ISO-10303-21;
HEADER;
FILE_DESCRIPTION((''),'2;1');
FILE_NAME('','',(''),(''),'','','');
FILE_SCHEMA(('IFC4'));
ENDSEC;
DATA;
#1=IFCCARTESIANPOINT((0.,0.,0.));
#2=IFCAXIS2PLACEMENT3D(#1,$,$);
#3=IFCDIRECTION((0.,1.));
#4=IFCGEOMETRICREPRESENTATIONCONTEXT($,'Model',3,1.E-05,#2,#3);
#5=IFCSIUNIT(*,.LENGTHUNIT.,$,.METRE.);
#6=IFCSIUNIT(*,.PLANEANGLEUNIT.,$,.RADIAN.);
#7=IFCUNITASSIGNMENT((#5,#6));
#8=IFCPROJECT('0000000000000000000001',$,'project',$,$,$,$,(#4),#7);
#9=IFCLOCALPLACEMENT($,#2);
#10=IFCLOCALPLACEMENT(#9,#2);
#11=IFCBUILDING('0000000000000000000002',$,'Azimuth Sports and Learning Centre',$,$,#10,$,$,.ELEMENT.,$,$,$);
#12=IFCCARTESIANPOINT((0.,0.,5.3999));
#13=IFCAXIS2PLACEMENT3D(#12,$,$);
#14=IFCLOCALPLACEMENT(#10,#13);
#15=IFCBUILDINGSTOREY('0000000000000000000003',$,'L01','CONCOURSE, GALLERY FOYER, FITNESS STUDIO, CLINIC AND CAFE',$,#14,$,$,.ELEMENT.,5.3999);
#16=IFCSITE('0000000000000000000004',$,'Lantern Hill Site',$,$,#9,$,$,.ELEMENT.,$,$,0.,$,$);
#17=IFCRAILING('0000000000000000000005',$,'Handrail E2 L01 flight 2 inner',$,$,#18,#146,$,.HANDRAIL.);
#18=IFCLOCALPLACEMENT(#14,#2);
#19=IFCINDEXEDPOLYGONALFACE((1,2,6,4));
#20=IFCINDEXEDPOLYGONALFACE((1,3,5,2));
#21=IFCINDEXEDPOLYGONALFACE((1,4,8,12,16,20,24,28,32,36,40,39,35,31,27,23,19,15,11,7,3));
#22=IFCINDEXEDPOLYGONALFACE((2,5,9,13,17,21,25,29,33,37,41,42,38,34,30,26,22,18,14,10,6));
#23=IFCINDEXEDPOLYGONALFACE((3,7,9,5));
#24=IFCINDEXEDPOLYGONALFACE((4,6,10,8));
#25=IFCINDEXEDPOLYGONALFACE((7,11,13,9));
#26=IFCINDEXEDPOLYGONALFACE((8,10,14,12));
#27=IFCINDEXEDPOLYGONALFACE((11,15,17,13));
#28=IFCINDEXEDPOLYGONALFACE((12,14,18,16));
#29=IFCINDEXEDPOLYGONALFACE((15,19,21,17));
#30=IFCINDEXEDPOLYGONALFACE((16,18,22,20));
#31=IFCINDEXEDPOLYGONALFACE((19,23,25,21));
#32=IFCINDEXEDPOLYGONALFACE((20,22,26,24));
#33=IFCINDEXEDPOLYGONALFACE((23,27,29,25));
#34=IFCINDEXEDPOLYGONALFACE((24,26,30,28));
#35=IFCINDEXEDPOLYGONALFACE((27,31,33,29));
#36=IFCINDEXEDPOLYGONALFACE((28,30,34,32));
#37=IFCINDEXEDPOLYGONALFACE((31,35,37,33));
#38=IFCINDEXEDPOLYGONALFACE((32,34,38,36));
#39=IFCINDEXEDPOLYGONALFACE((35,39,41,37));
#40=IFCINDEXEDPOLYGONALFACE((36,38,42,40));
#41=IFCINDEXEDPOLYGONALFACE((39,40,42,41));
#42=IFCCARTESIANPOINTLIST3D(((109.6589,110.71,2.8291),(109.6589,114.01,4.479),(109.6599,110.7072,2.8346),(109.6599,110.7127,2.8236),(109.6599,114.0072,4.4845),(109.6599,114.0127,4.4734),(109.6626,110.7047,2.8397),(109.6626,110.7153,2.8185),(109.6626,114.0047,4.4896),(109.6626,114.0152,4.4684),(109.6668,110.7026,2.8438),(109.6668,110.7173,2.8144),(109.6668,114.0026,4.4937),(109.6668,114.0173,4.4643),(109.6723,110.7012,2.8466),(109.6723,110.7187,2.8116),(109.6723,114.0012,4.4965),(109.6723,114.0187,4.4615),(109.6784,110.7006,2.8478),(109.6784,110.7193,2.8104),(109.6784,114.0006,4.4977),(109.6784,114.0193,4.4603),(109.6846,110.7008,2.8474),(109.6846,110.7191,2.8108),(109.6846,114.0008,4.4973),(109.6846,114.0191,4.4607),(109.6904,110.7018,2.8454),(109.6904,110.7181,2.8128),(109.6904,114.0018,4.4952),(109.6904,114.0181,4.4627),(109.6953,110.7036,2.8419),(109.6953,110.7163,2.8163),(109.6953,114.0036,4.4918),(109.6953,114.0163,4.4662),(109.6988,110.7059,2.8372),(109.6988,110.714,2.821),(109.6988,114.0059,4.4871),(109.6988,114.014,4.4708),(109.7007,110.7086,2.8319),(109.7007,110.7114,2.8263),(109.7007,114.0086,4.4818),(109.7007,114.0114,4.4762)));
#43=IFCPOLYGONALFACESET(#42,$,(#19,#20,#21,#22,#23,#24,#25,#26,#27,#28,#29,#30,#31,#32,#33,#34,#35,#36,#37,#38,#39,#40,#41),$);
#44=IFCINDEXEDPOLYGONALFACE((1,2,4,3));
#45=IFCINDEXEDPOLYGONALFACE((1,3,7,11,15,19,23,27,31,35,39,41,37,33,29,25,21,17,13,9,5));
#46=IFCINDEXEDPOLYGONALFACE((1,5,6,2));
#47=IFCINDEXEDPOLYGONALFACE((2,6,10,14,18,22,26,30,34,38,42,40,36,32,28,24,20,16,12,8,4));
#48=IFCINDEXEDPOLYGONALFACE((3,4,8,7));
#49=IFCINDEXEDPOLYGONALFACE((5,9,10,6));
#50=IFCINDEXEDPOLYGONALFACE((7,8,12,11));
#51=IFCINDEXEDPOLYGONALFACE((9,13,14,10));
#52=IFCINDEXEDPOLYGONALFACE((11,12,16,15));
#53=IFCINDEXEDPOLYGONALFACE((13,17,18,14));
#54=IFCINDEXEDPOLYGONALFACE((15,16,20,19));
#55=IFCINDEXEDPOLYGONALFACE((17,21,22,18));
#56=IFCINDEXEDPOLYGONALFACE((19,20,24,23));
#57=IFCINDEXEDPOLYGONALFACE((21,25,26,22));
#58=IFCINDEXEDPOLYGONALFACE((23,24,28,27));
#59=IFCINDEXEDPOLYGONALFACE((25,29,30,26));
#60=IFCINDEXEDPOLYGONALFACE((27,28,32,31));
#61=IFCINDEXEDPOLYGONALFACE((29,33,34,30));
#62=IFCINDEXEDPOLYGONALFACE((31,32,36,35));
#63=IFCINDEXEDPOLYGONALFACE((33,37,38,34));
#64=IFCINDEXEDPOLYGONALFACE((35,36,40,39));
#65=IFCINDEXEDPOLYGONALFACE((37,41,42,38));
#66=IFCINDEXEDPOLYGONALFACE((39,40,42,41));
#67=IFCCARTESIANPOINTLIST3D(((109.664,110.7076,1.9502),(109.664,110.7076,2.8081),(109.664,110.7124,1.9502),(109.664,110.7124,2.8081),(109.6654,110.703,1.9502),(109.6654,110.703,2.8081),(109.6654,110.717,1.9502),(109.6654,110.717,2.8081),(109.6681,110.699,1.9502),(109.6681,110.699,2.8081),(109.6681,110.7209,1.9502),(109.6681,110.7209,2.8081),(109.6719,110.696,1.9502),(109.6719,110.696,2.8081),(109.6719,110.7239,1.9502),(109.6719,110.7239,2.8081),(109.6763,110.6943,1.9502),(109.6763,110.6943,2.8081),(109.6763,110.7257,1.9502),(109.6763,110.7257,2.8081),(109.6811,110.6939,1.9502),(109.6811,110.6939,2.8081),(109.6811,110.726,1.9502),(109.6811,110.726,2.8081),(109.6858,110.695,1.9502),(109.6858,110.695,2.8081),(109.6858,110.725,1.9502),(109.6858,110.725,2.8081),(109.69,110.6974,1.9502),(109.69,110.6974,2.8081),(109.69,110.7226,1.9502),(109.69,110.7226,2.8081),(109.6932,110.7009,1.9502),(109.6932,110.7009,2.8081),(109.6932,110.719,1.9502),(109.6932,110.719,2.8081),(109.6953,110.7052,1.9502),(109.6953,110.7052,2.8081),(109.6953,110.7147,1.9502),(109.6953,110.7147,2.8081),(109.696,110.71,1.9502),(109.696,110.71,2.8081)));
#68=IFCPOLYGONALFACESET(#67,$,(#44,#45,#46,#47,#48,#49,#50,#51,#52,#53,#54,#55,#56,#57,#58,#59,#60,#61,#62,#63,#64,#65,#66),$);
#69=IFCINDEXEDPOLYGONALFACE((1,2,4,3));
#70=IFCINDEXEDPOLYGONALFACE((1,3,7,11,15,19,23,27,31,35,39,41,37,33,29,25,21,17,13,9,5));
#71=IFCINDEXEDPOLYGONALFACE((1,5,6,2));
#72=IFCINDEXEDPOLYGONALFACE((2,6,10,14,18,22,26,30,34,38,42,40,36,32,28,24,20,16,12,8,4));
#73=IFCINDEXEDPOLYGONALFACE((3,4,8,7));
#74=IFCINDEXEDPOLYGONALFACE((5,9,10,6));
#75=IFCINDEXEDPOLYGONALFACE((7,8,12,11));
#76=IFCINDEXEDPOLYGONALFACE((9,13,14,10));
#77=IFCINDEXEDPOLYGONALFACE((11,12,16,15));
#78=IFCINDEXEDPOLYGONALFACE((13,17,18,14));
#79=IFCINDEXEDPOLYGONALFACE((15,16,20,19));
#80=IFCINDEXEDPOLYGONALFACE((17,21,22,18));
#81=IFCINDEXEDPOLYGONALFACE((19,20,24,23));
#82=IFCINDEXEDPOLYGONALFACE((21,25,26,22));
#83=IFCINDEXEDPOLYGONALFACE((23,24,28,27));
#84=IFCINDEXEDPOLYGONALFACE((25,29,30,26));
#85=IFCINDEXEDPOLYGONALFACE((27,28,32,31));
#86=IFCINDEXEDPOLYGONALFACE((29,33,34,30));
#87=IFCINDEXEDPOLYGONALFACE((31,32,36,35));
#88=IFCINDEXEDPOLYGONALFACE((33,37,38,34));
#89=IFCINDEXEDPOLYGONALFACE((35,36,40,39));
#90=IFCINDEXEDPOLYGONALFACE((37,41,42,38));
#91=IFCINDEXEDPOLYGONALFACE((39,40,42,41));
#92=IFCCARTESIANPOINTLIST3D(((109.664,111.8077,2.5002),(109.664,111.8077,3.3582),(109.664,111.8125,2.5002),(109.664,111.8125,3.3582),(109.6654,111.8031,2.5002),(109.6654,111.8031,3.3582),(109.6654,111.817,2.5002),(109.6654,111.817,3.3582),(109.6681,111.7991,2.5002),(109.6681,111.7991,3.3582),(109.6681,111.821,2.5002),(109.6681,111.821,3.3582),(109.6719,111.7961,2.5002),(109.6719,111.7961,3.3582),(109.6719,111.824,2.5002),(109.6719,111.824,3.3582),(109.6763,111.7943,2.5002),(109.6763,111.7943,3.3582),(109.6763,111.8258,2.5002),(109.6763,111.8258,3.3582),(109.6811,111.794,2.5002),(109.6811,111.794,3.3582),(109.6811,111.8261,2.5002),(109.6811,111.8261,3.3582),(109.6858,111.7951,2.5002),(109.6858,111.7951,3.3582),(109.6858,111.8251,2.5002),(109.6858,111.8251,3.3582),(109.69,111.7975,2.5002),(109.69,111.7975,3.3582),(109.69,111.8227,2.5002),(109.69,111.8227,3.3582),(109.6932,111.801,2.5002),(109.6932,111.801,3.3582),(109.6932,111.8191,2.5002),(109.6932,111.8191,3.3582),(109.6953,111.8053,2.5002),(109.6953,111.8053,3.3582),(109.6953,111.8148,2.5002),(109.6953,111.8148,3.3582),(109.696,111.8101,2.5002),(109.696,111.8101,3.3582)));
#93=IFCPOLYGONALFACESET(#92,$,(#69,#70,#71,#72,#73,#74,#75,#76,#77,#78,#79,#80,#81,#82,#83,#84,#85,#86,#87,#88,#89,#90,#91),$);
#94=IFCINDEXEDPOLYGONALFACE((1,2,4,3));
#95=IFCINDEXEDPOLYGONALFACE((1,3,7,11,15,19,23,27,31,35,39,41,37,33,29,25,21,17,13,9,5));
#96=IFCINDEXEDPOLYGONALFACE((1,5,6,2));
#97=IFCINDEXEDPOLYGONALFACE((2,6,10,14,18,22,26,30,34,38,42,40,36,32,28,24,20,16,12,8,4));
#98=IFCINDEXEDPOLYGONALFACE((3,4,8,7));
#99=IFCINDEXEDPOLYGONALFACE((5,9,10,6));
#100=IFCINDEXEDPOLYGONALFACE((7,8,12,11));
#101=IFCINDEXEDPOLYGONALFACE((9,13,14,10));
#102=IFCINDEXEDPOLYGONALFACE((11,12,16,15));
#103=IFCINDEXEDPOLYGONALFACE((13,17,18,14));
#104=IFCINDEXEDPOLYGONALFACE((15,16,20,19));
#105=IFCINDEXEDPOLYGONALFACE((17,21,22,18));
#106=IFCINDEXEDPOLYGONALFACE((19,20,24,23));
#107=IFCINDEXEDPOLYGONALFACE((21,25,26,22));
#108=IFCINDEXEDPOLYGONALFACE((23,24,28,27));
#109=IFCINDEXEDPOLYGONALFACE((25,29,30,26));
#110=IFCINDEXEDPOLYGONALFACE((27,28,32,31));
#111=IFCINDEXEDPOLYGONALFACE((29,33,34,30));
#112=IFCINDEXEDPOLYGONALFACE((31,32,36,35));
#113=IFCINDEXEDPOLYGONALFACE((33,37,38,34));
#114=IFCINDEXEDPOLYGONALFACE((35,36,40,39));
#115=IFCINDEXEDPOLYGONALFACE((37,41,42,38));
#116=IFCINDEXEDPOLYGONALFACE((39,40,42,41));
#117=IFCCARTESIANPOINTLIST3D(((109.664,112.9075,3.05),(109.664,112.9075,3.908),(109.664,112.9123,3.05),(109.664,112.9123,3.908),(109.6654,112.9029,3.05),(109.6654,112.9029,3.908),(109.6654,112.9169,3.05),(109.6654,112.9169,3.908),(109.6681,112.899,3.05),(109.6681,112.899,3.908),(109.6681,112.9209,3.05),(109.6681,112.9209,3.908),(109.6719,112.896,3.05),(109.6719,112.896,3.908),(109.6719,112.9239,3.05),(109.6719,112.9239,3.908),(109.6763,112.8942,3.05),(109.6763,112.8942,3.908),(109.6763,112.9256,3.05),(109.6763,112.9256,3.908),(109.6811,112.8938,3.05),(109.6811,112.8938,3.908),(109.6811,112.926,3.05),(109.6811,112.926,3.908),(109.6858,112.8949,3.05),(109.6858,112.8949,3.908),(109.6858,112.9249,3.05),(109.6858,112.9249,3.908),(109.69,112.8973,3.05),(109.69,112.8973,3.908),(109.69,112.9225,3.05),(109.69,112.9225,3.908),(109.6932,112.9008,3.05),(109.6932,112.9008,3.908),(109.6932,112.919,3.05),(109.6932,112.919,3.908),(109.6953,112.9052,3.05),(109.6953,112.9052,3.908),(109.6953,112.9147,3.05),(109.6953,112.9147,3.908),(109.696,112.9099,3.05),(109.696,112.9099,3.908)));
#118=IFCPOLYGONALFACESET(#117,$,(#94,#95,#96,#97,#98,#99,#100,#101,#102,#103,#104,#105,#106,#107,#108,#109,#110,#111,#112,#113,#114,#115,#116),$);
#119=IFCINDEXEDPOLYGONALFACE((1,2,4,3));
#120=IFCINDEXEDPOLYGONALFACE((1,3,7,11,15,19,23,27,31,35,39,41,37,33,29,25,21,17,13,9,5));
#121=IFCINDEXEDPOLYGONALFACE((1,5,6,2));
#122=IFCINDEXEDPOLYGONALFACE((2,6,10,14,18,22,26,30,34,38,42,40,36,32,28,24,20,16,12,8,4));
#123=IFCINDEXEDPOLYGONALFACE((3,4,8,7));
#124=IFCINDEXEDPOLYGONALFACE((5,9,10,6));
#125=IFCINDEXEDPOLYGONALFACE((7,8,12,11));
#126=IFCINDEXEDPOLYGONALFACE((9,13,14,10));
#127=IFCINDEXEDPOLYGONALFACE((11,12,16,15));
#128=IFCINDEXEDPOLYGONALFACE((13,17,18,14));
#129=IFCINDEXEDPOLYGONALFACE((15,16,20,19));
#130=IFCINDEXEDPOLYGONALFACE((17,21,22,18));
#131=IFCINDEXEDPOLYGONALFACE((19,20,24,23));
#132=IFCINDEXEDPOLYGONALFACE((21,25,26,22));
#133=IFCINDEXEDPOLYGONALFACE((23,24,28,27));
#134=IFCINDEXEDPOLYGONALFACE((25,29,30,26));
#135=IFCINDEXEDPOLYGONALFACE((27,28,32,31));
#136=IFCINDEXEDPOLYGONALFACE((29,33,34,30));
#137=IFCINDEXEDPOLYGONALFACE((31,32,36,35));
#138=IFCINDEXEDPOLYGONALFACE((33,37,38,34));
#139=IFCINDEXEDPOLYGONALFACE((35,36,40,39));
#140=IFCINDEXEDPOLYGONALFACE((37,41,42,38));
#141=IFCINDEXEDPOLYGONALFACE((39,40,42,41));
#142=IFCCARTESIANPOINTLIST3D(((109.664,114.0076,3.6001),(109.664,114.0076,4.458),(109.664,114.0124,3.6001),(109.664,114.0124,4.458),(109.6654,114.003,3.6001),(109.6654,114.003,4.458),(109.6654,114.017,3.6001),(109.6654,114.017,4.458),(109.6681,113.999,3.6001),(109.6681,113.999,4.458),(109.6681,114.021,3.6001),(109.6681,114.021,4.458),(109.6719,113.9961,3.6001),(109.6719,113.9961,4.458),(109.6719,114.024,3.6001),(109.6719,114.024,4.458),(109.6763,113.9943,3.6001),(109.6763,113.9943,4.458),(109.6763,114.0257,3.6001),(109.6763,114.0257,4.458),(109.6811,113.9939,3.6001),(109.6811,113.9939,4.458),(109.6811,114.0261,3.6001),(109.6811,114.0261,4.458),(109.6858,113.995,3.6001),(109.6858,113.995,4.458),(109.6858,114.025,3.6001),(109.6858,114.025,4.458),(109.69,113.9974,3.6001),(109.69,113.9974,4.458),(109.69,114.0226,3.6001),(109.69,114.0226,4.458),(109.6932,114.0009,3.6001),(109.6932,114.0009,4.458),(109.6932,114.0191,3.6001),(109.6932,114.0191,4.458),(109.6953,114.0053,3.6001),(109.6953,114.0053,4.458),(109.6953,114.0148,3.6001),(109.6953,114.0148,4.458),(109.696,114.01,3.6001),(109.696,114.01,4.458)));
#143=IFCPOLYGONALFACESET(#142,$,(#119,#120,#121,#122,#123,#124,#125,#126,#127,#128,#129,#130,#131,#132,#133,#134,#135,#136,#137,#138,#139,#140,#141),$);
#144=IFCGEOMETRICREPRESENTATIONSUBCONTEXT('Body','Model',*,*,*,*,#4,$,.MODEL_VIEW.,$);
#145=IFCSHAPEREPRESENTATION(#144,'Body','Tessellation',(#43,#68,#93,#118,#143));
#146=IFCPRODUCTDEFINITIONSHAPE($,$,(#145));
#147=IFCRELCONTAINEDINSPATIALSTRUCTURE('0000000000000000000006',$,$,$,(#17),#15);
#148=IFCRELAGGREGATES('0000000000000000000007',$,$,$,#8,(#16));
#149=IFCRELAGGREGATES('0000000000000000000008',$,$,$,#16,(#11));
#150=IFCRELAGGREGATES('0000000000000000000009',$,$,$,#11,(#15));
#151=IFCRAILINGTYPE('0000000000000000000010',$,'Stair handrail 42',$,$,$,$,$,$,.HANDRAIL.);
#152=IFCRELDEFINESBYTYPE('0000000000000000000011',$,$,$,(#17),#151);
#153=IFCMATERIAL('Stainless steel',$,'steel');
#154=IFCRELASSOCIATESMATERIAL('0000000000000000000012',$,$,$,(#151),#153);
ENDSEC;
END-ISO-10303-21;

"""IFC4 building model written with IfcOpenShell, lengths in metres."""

from ifc_helpers import new_model, si_unit, direction, frame, origin, origin_2d, place, context, subcontext, project, spatial, circle, extrude, material, type_object, element, save


model = new_model("IFC4")

# Units and contexts
model_context = context("Model", 3, precision=1e-05, world=origin(), true_north=direction((0.0, 1.0)))
body_context = subcontext(model_context, "Body", "Model", "MODEL_VIEW")
ifc_project = project(units=[si_unit("LENGTHUNIT", "METRE"), si_unit("PLANEANGLEUNIT", "RADIAN")], contexts=[model_context])

# Site, building, storey
site_placement = place(None, origin())
site = spatial("IfcSite", under=ifc_project, at=site_placement, Name="Lantern Hill Site", CompositionType="ELEMENT", RefElevation=0.0)
building_placement = place(site_placement, origin())
building = spatial("IfcBuilding", under=site, at=building_placement, Name="Azimuth Sports and Learning Centre", CompositionType="ELEMENT")
storey_placement = place(building_placement, frame((0.0, 0.0, 5.3999)))
storey = spatial("IfcBuildingStorey", under=building, at=storey_placement, Name="L01", Description="CONCOURSE, GALLERY FOYER, FITNESS STUDIO, CLINIC AND CAFE", CompositionType="ELEMENT", Elevation=5.3999)

# Railing
ifc_material_1 = material(Name="Stainless steel", Category="steel")
railing_type = type_object("IfcRailingType", Name="Stair handrail 42", PredefinedType="HANDRAIL", material=ifc_material_1)
for number, where, name in (
    (1, (109.6799, 110.71, 1.9502), "Handrail E2 L01 flight 2 inner"),
):
    element("IfcRailing", number, at=place(storey_placement, frame(where)), inside=storey, type_object=railing_type, Name=name, PredefinedType="HANDRAIL", context=body_context, shape_type="SweptSolid", body=[
        extrude(circle(Radius=0.021, at=origin_2d()), frame((0.0, 0.0, 0.8789), z_axis=(0.0, 0.89444, 0.447187), x_axis=(-1.0, 0.0, 0.0)), (0.0, 0.0, 1.0), 3.6895),
        extrude(circle(Radius=0.0161, at=origin_2d()), origin(), (0.0, 0.0, 1.0), 0.8579),
        extrude(circle(Radius=0.0161, at=origin_2d()), frame((0.0, 1.1001, 0.55)), (0.0, 0.0, 1.0), 0.8579),
        extrude(circle(Radius=0.0161, at=origin_2d()), frame((0.0, 2.2, 1.0999)), (0.0, 0.0, 1.0), 0.8579),
        extrude(circle(Radius=0.0161, at=origin_2d()), frame((0.0, 3.3, 1.6499)), (0.0, 0.0, 1.0), 0.8579),
    ])

save(model, "model.ifc")
